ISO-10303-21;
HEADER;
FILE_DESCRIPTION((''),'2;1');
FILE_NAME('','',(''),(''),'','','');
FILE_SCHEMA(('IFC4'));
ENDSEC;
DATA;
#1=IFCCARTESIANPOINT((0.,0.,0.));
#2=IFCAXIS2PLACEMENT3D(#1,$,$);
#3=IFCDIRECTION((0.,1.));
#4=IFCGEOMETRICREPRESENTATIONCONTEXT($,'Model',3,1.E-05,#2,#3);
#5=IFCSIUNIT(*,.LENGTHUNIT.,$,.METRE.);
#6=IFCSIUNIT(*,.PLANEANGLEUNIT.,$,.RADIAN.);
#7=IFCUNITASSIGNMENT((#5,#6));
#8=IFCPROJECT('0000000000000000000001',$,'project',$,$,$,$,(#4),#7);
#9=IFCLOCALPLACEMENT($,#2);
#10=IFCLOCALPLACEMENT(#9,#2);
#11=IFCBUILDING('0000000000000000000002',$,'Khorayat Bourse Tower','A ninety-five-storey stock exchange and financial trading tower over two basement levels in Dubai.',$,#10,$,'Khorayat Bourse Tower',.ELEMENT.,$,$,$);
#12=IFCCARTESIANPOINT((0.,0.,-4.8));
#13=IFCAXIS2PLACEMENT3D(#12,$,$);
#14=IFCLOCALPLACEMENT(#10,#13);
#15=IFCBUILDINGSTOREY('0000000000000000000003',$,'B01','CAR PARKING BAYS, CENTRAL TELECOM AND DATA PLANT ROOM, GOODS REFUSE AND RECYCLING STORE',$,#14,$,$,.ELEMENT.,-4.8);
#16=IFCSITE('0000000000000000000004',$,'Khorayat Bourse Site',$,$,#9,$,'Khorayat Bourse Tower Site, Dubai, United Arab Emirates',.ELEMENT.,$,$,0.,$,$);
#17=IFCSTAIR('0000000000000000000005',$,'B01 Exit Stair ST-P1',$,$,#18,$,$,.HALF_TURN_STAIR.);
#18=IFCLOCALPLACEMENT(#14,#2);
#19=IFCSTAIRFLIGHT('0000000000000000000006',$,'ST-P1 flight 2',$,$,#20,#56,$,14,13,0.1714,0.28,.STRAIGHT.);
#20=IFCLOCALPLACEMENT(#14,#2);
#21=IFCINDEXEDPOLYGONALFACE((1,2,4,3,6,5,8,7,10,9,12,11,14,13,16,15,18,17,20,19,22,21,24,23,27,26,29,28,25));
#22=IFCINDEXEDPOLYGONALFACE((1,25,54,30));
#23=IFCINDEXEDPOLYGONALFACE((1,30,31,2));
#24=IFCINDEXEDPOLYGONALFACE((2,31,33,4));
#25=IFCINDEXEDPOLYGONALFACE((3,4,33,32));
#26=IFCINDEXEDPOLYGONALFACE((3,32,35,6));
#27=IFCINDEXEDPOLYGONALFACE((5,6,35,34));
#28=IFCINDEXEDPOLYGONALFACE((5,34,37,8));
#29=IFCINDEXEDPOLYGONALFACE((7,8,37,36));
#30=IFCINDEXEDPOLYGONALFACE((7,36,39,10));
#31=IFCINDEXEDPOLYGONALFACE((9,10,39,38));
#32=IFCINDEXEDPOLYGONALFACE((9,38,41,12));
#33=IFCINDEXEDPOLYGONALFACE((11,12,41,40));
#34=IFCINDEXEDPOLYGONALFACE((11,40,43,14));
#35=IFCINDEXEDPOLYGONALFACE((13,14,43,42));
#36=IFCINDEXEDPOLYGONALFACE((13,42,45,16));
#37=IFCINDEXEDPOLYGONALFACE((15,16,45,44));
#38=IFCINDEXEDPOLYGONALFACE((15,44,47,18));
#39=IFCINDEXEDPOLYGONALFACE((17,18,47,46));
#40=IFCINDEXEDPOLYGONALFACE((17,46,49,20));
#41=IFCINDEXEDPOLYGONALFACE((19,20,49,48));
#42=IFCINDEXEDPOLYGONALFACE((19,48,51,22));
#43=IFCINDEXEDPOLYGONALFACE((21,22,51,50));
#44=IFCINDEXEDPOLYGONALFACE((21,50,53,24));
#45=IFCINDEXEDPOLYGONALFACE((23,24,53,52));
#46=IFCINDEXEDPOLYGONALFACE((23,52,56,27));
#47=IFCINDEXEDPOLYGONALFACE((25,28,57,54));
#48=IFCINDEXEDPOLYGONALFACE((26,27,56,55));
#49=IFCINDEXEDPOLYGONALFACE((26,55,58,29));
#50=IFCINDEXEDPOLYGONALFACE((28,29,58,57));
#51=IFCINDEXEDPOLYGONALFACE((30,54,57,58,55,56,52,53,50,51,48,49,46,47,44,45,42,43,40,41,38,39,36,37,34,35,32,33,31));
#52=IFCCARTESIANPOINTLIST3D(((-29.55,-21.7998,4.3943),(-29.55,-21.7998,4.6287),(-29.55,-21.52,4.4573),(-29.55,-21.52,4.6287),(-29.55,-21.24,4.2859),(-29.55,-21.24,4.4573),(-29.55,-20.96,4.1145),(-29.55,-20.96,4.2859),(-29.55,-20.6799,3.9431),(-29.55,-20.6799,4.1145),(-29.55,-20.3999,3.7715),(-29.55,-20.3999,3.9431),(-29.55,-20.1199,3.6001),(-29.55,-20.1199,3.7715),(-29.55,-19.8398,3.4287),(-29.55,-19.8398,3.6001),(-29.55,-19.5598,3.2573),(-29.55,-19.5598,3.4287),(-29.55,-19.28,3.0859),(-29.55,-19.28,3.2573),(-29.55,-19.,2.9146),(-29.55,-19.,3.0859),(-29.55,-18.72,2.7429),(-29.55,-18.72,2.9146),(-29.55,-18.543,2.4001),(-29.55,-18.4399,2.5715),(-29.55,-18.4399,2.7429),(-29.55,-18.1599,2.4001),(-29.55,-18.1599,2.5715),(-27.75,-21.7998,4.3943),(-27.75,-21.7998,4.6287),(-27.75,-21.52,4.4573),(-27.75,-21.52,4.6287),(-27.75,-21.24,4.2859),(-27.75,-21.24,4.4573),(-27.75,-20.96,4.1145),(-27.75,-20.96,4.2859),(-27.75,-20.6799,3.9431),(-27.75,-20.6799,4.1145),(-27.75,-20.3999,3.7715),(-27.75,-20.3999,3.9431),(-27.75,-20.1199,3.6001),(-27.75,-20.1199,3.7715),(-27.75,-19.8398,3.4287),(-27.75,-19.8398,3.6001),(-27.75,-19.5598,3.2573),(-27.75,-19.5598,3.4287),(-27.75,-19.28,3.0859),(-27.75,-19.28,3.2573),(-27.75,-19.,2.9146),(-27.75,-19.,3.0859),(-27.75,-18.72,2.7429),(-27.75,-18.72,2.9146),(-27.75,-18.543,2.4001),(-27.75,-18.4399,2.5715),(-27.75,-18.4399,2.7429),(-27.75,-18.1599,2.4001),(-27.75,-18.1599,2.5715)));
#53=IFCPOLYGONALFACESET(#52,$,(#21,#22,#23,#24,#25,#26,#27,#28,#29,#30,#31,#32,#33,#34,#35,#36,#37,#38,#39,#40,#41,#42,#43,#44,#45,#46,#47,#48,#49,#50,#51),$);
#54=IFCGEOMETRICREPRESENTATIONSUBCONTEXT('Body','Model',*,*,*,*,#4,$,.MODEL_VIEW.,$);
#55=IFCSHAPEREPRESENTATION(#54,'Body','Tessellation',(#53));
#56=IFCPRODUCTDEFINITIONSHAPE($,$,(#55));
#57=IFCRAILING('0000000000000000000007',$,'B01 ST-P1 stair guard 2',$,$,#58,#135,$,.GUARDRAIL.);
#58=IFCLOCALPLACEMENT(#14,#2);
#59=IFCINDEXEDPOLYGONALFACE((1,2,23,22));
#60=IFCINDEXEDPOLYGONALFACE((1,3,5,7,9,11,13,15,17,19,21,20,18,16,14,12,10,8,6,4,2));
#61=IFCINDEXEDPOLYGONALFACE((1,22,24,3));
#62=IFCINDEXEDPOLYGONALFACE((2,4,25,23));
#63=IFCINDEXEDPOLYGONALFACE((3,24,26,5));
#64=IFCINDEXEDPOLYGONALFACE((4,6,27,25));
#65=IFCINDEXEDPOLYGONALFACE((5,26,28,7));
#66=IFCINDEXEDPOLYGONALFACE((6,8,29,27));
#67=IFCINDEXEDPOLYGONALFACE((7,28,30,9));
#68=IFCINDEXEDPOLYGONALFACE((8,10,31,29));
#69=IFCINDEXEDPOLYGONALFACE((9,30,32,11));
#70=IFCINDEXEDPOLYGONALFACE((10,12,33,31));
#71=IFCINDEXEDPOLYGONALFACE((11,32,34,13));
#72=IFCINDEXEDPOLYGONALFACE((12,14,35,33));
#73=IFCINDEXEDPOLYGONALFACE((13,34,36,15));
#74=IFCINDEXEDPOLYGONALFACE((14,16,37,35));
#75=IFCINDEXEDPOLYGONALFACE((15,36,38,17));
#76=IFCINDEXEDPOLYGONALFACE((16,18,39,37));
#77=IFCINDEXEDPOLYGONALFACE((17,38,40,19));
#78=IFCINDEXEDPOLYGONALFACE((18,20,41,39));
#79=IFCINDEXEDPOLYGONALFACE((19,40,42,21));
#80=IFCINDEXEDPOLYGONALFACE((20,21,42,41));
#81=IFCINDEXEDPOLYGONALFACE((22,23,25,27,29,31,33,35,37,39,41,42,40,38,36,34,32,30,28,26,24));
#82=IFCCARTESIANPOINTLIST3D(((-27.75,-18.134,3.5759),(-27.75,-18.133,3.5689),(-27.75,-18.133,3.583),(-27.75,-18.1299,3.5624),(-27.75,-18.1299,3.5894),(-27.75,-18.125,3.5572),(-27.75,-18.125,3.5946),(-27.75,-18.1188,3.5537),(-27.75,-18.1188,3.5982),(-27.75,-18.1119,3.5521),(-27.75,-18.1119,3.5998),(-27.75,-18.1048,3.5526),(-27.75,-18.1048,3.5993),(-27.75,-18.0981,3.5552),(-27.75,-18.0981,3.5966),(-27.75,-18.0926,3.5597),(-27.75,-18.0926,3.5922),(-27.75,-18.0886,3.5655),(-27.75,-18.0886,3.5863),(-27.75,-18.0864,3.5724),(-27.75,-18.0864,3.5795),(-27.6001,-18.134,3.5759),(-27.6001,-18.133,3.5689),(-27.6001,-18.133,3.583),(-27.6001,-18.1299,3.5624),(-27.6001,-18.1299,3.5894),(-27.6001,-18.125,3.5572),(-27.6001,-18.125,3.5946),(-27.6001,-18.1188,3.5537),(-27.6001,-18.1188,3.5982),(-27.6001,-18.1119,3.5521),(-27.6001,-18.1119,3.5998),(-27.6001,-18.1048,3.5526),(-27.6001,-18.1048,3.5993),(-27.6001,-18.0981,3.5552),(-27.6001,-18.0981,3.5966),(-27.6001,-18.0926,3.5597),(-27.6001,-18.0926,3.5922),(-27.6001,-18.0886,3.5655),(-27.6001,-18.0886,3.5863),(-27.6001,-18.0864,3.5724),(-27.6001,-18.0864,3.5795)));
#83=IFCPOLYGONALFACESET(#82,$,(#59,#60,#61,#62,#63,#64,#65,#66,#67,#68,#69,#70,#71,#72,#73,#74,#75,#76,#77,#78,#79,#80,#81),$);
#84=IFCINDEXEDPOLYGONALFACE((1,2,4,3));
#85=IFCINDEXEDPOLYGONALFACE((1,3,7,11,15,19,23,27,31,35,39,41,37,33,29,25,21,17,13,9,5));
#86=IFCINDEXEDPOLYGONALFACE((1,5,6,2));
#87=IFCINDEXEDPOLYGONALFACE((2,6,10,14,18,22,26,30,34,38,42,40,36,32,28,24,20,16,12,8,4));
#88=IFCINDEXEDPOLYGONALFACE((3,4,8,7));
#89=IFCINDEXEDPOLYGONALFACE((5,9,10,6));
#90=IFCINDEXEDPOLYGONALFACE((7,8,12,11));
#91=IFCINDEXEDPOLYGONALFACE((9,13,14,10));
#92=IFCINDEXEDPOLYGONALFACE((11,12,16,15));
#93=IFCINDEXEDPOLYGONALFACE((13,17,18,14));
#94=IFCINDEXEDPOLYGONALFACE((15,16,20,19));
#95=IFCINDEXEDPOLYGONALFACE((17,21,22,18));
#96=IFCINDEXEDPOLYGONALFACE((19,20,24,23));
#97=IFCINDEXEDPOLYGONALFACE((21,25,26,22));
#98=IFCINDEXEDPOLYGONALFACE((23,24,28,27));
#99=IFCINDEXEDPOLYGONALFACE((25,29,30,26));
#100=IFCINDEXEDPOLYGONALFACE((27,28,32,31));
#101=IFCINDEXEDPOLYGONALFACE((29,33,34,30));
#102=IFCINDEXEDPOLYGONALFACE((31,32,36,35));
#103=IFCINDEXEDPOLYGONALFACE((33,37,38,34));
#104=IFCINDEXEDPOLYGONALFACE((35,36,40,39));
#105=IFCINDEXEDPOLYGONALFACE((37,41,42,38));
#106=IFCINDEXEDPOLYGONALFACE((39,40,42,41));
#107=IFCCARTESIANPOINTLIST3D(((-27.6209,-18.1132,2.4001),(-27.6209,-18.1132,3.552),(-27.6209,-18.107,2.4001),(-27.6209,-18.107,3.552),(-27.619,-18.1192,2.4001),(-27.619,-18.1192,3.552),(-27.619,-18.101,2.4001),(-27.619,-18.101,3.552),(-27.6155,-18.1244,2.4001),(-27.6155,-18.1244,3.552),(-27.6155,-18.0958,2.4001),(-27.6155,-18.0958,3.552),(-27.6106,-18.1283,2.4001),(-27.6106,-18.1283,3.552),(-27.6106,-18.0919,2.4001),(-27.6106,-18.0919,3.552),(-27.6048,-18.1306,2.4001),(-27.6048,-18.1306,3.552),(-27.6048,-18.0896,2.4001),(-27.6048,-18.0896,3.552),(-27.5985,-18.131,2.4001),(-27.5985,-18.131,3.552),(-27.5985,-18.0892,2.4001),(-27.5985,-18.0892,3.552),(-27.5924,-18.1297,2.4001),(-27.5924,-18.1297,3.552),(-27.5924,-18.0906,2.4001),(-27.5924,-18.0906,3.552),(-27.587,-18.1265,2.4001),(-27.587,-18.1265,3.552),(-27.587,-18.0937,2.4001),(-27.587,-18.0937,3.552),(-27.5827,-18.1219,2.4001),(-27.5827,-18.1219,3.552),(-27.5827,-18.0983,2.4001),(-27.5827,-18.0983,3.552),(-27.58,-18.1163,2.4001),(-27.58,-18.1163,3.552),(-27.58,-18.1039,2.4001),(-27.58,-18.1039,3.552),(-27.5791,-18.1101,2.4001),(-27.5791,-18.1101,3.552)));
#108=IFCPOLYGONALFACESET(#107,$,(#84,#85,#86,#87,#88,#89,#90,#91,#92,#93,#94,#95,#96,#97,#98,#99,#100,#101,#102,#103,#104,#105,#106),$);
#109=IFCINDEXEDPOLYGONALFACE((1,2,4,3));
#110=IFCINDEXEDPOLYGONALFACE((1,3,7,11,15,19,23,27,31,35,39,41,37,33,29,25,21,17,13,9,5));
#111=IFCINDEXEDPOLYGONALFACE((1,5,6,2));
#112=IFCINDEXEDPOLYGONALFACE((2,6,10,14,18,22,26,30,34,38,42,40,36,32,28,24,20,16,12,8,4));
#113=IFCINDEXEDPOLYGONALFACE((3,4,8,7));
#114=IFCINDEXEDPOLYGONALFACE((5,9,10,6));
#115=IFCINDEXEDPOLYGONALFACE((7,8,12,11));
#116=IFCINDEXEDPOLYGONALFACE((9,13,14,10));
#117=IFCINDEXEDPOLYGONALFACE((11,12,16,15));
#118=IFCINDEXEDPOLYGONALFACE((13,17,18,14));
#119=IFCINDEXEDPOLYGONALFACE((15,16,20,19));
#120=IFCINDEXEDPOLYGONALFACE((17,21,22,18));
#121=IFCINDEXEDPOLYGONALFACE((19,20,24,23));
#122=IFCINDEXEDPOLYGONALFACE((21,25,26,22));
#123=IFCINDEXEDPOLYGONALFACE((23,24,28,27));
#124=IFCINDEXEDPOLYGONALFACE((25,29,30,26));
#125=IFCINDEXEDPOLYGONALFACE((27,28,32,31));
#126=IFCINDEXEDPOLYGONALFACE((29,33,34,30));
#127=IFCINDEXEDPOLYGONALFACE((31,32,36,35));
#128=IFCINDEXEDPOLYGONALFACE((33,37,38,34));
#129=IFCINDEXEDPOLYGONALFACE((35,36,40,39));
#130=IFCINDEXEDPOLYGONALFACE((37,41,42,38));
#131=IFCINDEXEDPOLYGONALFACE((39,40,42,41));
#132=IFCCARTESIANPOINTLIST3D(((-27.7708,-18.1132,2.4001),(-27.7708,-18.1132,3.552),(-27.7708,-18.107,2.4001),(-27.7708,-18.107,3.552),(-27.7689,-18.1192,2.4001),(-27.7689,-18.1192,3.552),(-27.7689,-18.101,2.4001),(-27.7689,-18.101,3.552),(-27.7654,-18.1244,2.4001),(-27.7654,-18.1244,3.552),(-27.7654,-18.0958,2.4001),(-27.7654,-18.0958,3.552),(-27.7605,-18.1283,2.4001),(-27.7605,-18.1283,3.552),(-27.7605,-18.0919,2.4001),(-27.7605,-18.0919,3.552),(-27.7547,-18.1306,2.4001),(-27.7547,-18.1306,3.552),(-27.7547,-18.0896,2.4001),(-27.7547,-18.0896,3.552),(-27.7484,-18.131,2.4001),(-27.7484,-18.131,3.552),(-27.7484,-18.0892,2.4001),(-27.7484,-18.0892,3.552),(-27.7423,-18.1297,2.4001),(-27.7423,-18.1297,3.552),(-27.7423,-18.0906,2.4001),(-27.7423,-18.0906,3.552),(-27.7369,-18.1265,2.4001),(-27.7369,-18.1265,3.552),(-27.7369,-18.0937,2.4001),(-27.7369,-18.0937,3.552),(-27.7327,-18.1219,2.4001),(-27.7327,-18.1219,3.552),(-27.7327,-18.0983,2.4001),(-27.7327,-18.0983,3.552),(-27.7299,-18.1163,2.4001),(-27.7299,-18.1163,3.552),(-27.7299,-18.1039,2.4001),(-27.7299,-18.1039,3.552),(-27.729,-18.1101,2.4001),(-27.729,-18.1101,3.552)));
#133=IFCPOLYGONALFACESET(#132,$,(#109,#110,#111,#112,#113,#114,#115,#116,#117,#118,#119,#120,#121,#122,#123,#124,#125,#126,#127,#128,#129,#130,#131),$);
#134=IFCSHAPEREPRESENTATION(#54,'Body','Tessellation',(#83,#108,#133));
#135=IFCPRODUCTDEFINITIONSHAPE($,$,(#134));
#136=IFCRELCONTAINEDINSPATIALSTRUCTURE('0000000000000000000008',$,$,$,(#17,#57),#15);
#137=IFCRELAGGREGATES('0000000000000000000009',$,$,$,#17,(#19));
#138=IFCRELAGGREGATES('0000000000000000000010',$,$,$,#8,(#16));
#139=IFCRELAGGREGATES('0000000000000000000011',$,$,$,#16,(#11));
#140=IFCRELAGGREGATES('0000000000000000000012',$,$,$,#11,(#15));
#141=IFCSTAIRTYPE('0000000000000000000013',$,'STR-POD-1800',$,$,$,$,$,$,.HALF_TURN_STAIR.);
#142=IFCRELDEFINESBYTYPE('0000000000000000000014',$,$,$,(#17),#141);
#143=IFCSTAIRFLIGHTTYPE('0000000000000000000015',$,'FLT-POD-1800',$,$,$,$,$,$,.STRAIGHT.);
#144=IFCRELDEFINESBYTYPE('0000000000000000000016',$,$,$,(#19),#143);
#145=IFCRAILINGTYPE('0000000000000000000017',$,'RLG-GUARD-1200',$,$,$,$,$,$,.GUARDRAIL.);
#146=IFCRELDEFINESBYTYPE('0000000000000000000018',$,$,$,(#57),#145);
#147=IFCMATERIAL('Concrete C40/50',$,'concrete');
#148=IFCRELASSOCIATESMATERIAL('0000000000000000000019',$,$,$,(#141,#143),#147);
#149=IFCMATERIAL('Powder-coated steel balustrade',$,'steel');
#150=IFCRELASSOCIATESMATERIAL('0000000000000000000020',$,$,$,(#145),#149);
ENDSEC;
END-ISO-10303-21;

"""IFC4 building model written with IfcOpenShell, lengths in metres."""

from ifc_helpers import new_model, si_unit, direction, frame, origin, origin_2d, place, context, subcontext, project, spatial, polyline, circle, outline, extrude, source, transform, mapped, material, type_object, element, aggregate, save


model = new_model("IFC4")

# Units and contexts
model_context = context("Model", 3, precision=1e-05, world=origin(), true_north=direction((0.0, 1.0)))
body_context = subcontext(model_context, "Body", "Model", "MODEL_VIEW")
ifc_project = project(units=[si_unit("LENGTHUNIT", "METRE"), si_unit("PLANEANGLEUNIT", "RADIAN")], contexts=[model_context])

# Site, building, storey
site_placement = place(None, origin())
site = spatial("IfcSite", under=ifc_project, at=site_placement, Name="Khorayat Bourse Site", LongName="Khorayat Bourse Tower Site, Dubai, United Arab Emirates", CompositionType="ELEMENT", RefElevation=0.0)
building_placement = place(site_placement, origin())
building = spatial("IfcBuilding", under=site, at=building_placement, Name="Khorayat Bourse Tower", Description="A ninety-five-storey stock exchange and financial trading tower over two basement levels in Dubai.", LongName="Khorayat Bourse Tower", CompositionType="ELEMENT")
storey_placement = place(building_placement, frame((0.0, 0.0, -4.8)))
storey = spatial("IfcBuildingStorey", under=building, at=storey_placement, Name="B01", Description="CAR PARKING BAYS, CENTRAL TELECOM AND DATA PLANT ROOM, GOODS REFUSE AND RECYCLING STORE", CompositionType="ELEMENT", Elevation=-4.8)

# Stair, stair flight
ifc_material_1 = material(Name="Concrete C40/50", Category="concrete")
stair_type = type_object("IfcStairType", Name="STR-POD-1800", PredefinedType="HALF_TURN_STAIR", material=ifc_material_1)
stair_placement = place(storey_placement, origin())
stair = element("IfcStair", 1, at=stair_placement, inside=storey, type_object=stair_type, Name="B01 Exit Stair ST-P1", PredefinedType="HALF_TURN_STAIR")
stair_flight_type = type_object("IfcStairFlightType", Name="FLT-POD-1800", PredefinedType="STRAIGHT", material=ifc_material_1)
shared_shape_1 = source(origin(), body_context, "Body", "SweptSolid", [
    extrude(outline(polyline([(0.0, 0.0), (0.0, 0.1714), (0.28, 0.1714), (0.28, 0.3428), (0.5601, 0.3428), (0.5601, 0.5144), (0.8401, 0.5144), (0.8401, 0.6858), (1.1201, 0.6858), (1.1201, 0.8572), (1.3999, 0.8572), (1.3999, 1.0286), (1.6799, 1.0286), (1.6799, 1.2), (1.96, 1.2), (1.96, 1.3713), (2.24, 1.3713), (2.24, 1.543), (2.52, 1.543), (2.52, 1.7144), (2.8, 1.7144), (2.8, 1.8857), (3.0801, 1.8857), (3.0801, 2.0571), (3.3601, 2.0571), (3.3601, 2.2285), (3.6399, 2.2285), (3.6399, 2.3999), (3.6399, 1.9941), (0.3831, 0.0), (0.0, 0.0)])), frame((0.0, 0.8999, 0.0), z_axis=(0.0, -1.0, 0.0), x_axis=(1.0, 0.0, 0.0)), (0.0, 0.0, 1.0), 1.8),
])
stair_flight_1_placement = place(storey_placement, frame((-28.6499, -18.1599, 2.4001), z_axis=(0.0, 0.0, 1.0), x_axis=(0.0, -1.0, 0.0)))
stair_flight_1 = element("IfcStairFlight", 2, at=stair_flight_1_placement, type_object=stair_flight_type, Name="ST-P1 flight 2", NumberOfRisers=14, NumberOfTreads=13, PredefinedType="STRAIGHT", RiserHeight=0.1714, TreadLength=0.28, context=body_context, shape_type="MappedRepresentation", body=[
    mapped(shared_shape_1, transform((0.0, 0.0, 0.0), scale=1.0)),
])
aggregate(stair, [stair_flight_1])

# Railing
ifc_material_2 = material(Name="Powder-coated steel balustrade", Category="steel")
railing_type_1 = type_object("IfcRailingType", Name="RLG-GUARD-1200", PredefinedType="GUARDRAIL", material=ifc_material_2)
shared_shape_2 = source(origin(), body_context, "Body", "SweptSolid", [
    extrude(circle(Radius=0.0239, at=origin_2d()), frame((0.0, 0.0, 1.1758), z_axis=(-1.0, 0.0, 0.0), x_axis=(0.0, -1.0, 0.0)), (0.0, 0.0, 1.0), 0.1499),
    extrude(circle(Radius=0.021, at=origin_2d()), origin(), (0.0, 0.0, 1.0), 1.1519),
    extrude(circle(Radius=0.021, at=origin_2d()), frame((-0.1499, 0.0, 0.0)), (0.0, 0.0, 1.0), 1.1519),
])
for number, where, name in (
    (3, (-27.6001, -18.1101, 2.4001), "B01 ST-P1 stair guard 2"),
):
    element("IfcRailing", number, at=place(storey_placement, frame(where)), inside=storey, type_object=railing_type_1, Name=name, PredefinedType="GUARDRAIL", context=body_context, shape_type="MappedRepresentation", body=[
        mapped(shared_shape_2, transform((0.0, 0.0, 0.0), scale=1.0)),
    ])

save(model, "model.ifc")
